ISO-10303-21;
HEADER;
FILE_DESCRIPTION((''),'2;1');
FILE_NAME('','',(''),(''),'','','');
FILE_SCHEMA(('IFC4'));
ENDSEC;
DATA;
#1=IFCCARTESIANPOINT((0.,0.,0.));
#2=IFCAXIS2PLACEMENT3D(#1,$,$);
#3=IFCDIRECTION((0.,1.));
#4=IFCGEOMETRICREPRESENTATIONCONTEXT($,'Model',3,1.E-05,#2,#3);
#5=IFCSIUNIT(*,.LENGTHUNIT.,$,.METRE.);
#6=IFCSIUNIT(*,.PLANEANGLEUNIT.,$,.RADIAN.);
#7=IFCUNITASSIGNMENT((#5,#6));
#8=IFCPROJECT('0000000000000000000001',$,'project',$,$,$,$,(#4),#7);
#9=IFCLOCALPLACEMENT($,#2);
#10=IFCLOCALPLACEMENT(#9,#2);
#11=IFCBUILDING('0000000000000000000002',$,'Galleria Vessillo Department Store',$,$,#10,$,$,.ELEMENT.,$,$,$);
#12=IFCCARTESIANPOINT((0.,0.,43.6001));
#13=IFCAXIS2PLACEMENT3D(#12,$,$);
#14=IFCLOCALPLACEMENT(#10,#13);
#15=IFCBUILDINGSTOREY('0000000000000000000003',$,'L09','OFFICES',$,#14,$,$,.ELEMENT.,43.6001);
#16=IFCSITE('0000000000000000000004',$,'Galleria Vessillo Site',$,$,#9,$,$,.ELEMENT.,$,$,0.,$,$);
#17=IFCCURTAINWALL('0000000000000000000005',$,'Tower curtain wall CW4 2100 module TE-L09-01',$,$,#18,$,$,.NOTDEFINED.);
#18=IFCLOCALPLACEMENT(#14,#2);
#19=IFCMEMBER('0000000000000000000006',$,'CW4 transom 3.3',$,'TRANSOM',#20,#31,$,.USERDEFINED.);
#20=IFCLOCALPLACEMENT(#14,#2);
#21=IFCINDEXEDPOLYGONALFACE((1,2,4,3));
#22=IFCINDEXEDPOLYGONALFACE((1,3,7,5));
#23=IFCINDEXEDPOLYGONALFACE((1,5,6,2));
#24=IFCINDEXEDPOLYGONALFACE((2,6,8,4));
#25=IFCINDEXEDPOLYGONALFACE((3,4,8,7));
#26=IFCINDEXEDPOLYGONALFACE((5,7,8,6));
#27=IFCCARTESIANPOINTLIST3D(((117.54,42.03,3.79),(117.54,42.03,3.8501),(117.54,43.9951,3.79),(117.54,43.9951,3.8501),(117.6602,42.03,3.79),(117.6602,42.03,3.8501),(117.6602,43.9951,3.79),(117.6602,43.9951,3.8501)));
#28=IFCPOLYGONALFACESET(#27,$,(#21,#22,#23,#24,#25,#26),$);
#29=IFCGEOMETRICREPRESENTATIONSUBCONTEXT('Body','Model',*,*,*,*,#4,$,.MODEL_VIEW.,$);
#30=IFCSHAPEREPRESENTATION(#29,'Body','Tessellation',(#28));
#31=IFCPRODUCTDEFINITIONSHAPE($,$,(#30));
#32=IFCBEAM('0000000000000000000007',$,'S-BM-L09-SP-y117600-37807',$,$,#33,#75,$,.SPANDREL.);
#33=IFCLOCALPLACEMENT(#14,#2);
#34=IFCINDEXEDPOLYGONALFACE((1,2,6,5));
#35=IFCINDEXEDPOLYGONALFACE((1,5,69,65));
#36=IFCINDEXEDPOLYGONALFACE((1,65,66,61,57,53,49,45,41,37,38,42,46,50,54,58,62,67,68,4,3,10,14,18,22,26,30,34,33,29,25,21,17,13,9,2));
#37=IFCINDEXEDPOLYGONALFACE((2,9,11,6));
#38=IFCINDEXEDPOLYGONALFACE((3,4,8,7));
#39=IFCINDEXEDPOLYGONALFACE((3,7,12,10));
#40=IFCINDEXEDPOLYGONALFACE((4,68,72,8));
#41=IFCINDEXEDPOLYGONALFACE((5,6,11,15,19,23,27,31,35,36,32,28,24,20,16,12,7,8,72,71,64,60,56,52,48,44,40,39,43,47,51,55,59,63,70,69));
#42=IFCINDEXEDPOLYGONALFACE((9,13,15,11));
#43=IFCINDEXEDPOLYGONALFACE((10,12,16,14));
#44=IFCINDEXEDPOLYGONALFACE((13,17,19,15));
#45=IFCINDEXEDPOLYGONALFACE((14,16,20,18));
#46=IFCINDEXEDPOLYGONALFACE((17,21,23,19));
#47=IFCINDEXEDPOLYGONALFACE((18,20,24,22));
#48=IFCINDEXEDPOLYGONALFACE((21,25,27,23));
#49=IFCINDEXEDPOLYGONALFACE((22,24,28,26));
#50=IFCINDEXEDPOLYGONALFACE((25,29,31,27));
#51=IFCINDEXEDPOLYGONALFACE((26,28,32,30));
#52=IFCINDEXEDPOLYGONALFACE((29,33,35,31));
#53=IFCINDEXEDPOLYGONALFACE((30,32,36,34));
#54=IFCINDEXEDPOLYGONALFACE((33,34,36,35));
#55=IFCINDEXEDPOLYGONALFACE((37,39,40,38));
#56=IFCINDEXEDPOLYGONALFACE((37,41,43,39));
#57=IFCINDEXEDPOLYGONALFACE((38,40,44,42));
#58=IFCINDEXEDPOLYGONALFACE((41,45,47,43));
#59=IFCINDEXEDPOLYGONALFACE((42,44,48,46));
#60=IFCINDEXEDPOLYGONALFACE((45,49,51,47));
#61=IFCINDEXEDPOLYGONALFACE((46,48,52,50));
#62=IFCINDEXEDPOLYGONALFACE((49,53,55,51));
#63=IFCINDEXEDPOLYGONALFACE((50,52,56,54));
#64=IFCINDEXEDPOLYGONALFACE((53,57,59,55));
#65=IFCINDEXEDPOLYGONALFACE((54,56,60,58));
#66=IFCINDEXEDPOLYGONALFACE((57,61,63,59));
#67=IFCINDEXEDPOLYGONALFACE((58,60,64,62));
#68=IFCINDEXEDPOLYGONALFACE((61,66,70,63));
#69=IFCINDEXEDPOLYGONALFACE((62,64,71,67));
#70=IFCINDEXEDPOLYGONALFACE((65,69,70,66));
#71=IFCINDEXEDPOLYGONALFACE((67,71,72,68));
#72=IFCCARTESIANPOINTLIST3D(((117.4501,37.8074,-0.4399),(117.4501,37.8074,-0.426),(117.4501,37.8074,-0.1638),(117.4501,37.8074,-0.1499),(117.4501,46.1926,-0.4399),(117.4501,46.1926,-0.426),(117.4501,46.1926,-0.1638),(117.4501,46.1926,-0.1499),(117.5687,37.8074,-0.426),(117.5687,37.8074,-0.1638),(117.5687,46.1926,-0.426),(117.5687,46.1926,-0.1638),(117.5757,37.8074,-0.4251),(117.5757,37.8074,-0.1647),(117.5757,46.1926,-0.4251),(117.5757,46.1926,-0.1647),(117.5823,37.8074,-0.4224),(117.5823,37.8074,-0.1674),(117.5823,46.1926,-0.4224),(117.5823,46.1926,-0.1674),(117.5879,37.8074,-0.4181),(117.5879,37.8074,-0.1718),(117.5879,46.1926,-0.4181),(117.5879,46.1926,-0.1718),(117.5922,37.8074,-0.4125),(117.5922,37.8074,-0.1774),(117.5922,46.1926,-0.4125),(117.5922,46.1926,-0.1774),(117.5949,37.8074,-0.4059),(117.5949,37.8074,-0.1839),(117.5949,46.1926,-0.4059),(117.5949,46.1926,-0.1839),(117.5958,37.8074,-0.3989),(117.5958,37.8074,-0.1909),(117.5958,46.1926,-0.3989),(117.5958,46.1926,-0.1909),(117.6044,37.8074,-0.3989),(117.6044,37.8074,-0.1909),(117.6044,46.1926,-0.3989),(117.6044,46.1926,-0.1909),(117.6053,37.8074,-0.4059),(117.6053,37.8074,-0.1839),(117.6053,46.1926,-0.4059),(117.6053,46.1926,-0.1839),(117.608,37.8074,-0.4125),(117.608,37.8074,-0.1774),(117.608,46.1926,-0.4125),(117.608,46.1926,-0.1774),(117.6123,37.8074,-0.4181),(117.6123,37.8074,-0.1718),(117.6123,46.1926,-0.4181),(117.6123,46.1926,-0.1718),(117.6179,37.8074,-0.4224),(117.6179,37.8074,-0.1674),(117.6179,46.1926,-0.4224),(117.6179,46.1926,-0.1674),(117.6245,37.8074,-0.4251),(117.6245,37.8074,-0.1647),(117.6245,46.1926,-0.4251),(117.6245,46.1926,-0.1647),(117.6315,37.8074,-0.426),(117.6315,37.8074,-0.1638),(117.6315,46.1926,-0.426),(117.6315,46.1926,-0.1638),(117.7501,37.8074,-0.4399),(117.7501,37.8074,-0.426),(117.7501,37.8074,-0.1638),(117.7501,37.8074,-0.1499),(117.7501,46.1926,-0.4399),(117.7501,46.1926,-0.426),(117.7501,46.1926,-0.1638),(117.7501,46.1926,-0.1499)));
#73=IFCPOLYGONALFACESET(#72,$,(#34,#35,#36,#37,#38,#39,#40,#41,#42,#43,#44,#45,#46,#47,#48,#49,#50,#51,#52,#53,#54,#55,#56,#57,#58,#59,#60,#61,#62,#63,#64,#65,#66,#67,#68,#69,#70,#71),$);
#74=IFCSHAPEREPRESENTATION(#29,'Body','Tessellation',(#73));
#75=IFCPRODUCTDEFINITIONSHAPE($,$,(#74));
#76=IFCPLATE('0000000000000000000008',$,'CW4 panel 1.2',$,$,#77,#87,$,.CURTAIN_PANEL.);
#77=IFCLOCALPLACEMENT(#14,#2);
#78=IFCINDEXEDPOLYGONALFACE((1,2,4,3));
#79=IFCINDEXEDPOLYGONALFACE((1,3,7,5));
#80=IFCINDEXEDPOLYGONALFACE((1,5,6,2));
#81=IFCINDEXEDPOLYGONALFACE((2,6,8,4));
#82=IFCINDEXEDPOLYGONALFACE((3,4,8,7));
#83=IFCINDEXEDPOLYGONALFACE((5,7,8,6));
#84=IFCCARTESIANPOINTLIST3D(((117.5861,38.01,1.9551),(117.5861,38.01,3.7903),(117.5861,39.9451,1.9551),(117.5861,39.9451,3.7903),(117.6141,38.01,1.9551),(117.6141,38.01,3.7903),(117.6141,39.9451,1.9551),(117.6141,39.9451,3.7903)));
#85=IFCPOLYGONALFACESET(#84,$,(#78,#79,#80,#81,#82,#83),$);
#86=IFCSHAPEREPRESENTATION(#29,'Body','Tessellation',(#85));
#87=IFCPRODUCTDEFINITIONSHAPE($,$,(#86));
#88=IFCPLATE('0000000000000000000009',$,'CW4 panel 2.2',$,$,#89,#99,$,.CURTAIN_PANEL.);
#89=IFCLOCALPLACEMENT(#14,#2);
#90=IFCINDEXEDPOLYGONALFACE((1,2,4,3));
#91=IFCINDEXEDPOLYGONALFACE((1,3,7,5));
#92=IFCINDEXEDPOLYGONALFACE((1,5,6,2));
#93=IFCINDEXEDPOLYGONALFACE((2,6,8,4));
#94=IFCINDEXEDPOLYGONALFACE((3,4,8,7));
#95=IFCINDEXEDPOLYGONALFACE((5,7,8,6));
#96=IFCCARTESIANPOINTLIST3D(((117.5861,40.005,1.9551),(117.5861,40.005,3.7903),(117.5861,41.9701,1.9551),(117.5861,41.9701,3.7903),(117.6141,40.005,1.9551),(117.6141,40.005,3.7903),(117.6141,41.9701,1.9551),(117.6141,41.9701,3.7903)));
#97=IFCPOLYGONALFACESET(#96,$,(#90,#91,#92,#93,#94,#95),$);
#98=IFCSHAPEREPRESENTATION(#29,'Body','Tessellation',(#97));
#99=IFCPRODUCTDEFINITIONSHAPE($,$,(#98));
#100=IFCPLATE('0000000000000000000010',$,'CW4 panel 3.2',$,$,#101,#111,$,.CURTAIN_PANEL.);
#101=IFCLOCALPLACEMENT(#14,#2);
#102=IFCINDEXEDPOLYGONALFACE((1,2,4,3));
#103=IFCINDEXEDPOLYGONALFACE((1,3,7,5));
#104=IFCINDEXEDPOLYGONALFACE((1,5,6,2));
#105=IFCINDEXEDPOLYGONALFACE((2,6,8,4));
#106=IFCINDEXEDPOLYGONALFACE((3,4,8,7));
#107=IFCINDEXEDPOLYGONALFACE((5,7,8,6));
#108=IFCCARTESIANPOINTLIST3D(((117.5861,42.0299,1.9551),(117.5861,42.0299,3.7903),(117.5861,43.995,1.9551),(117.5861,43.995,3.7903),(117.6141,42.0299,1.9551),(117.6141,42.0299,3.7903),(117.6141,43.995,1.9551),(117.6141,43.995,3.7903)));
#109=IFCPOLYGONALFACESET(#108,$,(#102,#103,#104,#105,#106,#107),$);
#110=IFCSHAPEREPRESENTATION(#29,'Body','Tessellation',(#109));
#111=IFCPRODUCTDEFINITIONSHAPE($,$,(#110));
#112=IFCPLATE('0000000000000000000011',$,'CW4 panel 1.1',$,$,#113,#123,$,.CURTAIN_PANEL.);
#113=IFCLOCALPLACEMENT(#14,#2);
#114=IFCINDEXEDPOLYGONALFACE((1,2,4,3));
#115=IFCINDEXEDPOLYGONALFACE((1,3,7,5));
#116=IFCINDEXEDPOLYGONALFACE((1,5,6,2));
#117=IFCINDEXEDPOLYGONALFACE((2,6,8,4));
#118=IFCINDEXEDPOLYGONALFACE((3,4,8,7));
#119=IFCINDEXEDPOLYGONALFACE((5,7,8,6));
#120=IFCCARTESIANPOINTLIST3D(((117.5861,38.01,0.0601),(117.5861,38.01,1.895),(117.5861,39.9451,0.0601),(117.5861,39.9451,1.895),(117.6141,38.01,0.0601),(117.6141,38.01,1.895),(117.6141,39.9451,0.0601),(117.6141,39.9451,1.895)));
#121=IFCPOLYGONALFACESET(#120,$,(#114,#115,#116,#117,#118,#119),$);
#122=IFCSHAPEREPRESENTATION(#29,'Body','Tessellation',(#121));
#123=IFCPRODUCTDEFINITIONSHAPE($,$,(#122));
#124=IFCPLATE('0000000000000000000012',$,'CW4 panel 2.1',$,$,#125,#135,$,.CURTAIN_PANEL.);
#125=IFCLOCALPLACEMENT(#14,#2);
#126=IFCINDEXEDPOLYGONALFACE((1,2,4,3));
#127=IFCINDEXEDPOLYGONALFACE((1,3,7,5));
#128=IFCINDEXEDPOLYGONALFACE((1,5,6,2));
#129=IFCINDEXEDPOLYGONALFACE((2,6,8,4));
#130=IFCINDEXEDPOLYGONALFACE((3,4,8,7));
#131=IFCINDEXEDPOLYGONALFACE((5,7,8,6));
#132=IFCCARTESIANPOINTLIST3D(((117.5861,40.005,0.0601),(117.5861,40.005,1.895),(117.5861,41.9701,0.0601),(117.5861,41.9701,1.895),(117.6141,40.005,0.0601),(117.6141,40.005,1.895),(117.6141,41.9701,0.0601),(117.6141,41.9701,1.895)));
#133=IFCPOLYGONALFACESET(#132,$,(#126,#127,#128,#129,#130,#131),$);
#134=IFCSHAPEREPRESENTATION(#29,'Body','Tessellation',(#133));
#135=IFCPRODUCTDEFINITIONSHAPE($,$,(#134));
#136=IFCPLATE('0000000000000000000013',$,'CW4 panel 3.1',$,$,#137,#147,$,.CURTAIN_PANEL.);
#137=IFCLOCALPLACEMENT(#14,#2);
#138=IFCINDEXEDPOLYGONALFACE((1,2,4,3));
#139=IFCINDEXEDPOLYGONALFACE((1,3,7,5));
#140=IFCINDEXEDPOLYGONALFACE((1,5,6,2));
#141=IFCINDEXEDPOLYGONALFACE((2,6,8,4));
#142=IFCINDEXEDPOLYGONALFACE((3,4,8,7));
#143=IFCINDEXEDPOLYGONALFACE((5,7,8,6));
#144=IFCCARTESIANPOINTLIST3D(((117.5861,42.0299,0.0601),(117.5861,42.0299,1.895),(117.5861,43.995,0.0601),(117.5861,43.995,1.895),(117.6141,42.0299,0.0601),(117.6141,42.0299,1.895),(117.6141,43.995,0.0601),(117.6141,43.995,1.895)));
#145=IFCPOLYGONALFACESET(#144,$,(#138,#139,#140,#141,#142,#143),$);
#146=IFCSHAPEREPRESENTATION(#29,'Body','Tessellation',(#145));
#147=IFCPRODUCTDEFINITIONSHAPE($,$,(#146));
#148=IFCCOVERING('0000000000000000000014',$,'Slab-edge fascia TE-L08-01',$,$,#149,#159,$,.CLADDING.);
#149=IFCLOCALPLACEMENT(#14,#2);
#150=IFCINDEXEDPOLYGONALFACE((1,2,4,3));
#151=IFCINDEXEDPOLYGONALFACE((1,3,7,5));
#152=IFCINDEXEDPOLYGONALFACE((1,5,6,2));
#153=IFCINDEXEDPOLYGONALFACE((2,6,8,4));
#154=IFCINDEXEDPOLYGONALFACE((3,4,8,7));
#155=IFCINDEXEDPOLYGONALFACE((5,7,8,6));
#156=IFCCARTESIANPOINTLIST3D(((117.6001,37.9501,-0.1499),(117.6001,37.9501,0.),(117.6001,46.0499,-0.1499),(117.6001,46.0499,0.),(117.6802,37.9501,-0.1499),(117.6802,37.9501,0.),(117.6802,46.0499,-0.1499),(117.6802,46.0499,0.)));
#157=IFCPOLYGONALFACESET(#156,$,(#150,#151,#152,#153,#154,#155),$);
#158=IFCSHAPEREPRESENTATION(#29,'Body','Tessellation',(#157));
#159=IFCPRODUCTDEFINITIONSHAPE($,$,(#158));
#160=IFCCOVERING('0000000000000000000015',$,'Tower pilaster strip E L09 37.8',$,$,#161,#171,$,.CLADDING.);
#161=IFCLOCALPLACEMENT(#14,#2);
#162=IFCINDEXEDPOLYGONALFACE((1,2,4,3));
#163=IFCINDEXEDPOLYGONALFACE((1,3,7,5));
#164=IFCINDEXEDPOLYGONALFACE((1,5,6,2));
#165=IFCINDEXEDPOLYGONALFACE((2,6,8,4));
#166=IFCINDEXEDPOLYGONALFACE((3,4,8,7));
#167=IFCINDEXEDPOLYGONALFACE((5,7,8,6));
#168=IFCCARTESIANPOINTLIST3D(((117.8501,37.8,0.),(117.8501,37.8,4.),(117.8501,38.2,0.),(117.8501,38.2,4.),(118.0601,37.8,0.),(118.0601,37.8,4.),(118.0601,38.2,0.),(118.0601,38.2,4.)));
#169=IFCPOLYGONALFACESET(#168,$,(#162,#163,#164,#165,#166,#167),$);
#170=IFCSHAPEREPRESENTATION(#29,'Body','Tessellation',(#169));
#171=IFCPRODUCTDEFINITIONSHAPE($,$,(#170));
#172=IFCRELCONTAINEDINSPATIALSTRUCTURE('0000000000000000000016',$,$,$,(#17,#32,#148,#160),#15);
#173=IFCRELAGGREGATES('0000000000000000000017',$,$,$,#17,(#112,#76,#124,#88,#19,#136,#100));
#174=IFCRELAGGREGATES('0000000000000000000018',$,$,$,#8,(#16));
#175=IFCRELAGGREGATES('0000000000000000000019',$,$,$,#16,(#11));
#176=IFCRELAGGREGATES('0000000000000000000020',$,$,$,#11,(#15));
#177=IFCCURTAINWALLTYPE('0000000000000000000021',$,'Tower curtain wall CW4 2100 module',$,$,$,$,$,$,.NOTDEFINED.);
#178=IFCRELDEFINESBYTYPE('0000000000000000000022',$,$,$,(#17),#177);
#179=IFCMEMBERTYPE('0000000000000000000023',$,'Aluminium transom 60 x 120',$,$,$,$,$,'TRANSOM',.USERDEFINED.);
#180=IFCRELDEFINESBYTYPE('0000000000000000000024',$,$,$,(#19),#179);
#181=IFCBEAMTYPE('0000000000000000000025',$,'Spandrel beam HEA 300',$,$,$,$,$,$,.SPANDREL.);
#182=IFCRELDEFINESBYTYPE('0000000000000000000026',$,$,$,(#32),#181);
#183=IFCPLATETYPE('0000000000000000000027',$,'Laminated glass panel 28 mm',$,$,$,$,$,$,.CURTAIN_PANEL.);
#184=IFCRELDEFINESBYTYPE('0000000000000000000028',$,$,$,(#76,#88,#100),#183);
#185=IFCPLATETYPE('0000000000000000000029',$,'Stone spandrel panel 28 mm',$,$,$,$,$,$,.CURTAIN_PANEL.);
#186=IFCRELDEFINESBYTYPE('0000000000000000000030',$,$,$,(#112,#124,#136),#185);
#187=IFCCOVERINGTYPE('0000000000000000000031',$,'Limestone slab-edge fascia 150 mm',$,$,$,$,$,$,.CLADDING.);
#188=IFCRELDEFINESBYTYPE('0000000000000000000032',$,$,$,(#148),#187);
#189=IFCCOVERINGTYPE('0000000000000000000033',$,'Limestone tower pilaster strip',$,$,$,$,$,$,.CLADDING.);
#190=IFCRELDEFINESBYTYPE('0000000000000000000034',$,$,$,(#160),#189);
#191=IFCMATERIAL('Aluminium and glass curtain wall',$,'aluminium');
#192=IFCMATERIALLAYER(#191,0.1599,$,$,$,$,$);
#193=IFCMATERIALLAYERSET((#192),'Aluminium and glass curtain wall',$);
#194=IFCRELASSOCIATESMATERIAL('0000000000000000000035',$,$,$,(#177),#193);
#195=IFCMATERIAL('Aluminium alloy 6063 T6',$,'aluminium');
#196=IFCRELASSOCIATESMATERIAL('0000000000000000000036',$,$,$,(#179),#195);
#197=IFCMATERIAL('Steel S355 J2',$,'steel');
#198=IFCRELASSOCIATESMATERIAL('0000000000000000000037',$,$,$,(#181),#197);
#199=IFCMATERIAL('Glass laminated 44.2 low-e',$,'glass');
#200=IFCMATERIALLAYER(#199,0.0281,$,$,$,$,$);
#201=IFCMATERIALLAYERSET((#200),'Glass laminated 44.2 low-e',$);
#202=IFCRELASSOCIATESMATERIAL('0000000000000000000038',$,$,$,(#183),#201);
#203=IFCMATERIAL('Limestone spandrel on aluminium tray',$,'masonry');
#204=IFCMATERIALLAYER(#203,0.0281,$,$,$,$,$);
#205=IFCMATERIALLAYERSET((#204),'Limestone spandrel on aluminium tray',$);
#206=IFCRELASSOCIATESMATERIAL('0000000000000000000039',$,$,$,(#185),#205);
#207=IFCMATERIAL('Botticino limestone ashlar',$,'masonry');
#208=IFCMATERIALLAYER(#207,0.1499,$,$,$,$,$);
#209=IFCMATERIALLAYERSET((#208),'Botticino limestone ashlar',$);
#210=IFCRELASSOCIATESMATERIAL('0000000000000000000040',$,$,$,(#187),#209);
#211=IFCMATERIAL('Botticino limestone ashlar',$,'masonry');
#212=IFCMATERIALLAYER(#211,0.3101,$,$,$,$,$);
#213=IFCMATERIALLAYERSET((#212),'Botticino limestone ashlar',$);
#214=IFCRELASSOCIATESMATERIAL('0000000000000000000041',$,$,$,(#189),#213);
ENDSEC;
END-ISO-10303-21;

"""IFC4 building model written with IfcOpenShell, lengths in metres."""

from ifc_helpers import new_model, si_unit, direction, frame, origin, origin_2d, place, context, subcontext, project, spatial, rectangle, i_section, extrude, material, layer, layer_set, material_profile, profile_set, type_object, element, aggregate, save


model = new_model("IFC4")

# Units and contexts
model_context = context("Model", 3, precision=1e-05, world=origin(), true_north=direction((0.0, 1.0)))
body_context = subcontext(model_context, "Body", "Model", "MODEL_VIEW")
ifc_project = project(units=[si_unit("LENGTHUNIT", "METRE"), si_unit("PLANEANGLEUNIT", "RADIAN")], contexts=[model_context])

# Site, building, storey
site_placement = place(None, origin())
site = spatial("IfcSite", under=ifc_project, at=site_placement, Name="Galleria Vessillo Site", CompositionType="ELEMENT", RefElevation=0.0)
building_placement = place(site_placement, origin())
building = spatial("IfcBuilding", under=site, at=building_placement, Name="Galleria Vessillo Department Store", CompositionType="ELEMENT")
storey_placement = place(building_placement, frame((0.0, 0.0, 43.6001)))
storey = spatial("IfcBuildingStorey", under=building, at=storey_placement, Name="L09", Description="OFFICES", CompositionType="ELEMENT", Elevation=43.6001)

# Curtain wall, member
ifc_material_1 = material(Name="Aluminium and glass curtain wall", Category="aluminium")
ifc_layer_1 = layer(ifc_material_1, 0.1599)
ifc_layer_set_1 = layer_set([ifc_layer_1], Name="Aluminium and glass curtain wall")
curtain_wall_type = type_object("IfcCurtainWallType", Name="Tower curtain wall CW4 2100 module", PredefinedType="NOTDEFINED", material=ifc_layer_set_1)
curtain_wall_placement = place(storey_placement, origin())
curtain_wall = element("IfcCurtainWall", 1, at=curtain_wall_placement, inside=storey, type_object=curtain_wall_type, Name="Tower curtain wall CW4 2100 module TE-L09-01", PredefinedType="NOTDEFINED")
ifc_material_2 = material(Name="Aluminium alloy 6063 T6", Category="aluminium")
ifc_material_profile_1 = material_profile(ifc_material_2, rectangle(XDim=0.1201, YDim=0.0601, at=origin_2d()), Name="AL 60x120")
ifc_profile_set_1 = profile_set([ifc_material_profile_1], Name="Aluminium alloy 6063 T6")
member_type_1 = type_object("IfcMemberType", Name="Aluminium transom 60 x 120", ElementType="TRANSOM", PredefinedType="USERDEFINED", material=ifc_profile_set_1)
member_1_placement = place(storey_placement, frame((117.6001, 42.03, 3.8201), z_axis=(0.0, 1.0, 0.0), x_axis=(-1.0, 0.0, 0.0)))
member_1 = element("IfcMember", 2, at=member_1_placement, type_object=member_type_1, Name="CW4 transom 3.3", ObjectType="TRANSOM", PredefinedType="USERDEFINED", context=body_context, shape_type="SweptSolid", body=[
    extrude(rectangle(XDim=0.1201, YDim=0.0601, at=origin_2d()), origin(), (0.0, 0.0, 1.0), 1.9651),
])

# Beam
ifc_material_3 = material(Name="Steel S355 J2", Category="steel")
ifc_material_profile_2 = material_profile(ifc_material_3, i_section(OverallWidth=0.3, OverallDepth=0.29, WebThickness=0.0085, FlangeThickness=0.0139, FilletRadius=0.0271, at=origin_2d()), Name="HEA 300")
ifc_profile_set_2 = profile_set([ifc_material_profile_2], Name="Steel S355 J2")
beam_type = type_object("IfcBeamType", Name="Spandrel beam HEA 300", PredefinedType="SPANDREL", material=ifc_profile_set_2)
beam_placement = place(storey_placement, frame((117.6001, 37.8074, -0.2949), z_axis=(0.0, 1.0, 0.0), x_axis=(-1.0, 0.0, 0.0)))
element("IfcBeam", 3, at=beam_placement, inside=storey, type_object=beam_type, Name="S-BM-L09-SP-y117600-37807", PredefinedType="SPANDREL", context=body_context, shape_type="SweptSolid", body=[
    extrude(i_section(OverallWidth=0.3, OverallDepth=0.29, WebThickness=0.0085, FlangeThickness=0.0139, FilletRadius=0.0271, at=origin_2d()), origin(), (0.0, 0.0, 1.0), 8.3853),
])

# Plates
ifc_material_4 = material(Name="Glass laminated 44.2 low-e", Category="glass")
ifc_layer_2 = layer(ifc_material_4, 0.0281)
ifc_layer_set_2 = layer_set([ifc_layer_2], Name="Glass laminated 44.2 low-e")
plate_type_1 = type_object("IfcPlateType", Name="Laminated glass panel 28 mm", PredefinedType="CURTAIN_PANEL", material=ifc_layer_set_2)
plate_1_placement = place(storey_placement, frame((117.6001, 38.9775, 1.9551), z_axis=(0.0, 0.0, 1.0), x_axis=(0.0, 1.0, 0.0)))
plate_1 = element("IfcPlate", 4, at=plate_1_placement, type_object=plate_type_1, Name="CW4 panel 1.2", PredefinedType="CURTAIN_PANEL", context=body_context, shape_type="SweptSolid", body=[
    extrude(rectangle(XDim=1.9351, YDim=0.0281, at=origin_2d()), origin(), (0.0, 0.0, 1.0), 1.8352),
])
plate_2_placement = place(storey_placement, frame((117.6001, 40.9875, 1.9551), z_axis=(0.0, 0.0, 1.0), x_axis=(0.0, 1.0, 0.0)))
plate_2 = element("IfcPlate", 5, at=plate_2_placement, type_object=plate_type_1, Name="CW4 panel 2.2", PredefinedType="CURTAIN_PANEL", context=body_context, shape_type="SweptSolid", body=[
    extrude(rectangle(XDim=1.9651, YDim=0.0281, at=origin_2d()), origin(), (0.0, 0.0, 1.0), 1.8352),
])
plate_3_placement = place(storey_placement, frame((117.6001, 43.0125, 1.9551), z_axis=(0.0, 0.0, 1.0), x_axis=(0.0, 1.0, 0.0)))
plate_3 = element("IfcPlate", 6, at=plate_3_placement, type_object=plate_type_1, Name="CW4 panel 3.2", PredefinedType="CURTAIN_PANEL", context=body_context, shape_type="SweptSolid", body=[
    extrude(rectangle(XDim=1.9651, YDim=0.0281, at=origin_2d()), origin(), (0.0, 0.0, 1.0), 1.8352),
])
ifc_material_5 = material(Name="Limestone spandrel on aluminium tray", Category="masonry")
ifc_layer_3 = layer(ifc_material_5, 0.0281)
ifc_layer_set_3 = layer_set([ifc_layer_3], Name="Limestone spandrel on aluminium tray")
plate_type_2 = type_object("IfcPlateType", Name="Stone spandrel panel 28 mm", PredefinedType="CURTAIN_PANEL", material=ifc_layer_set_3)
plate_4_placement = place(storey_placement, frame((117.6001, 38.9775, 0.0601), z_axis=(0.0, 0.0, 1.0), x_axis=(0.0, 1.0, 0.0)))
plate_4 = element("IfcPlate", 7, at=plate_4_placement, type_object=plate_type_2, Name="CW4 panel 1.1", PredefinedType="CURTAIN_PANEL", context=body_context, shape_type="SweptSolid", body=[
    extrude(rectangle(XDim=1.9351, YDim=0.0281, at=origin_2d()), origin(), (0.0, 0.0, 1.0), 1.835),
])
plate_5_placement = place(storey_placement, frame((117.6001, 40.9875, 0.0601), z_axis=(0.0, 0.0, 1.0), x_axis=(0.0, 1.0, 0.0)))
plate_5 = element("IfcPlate", 8, at=plate_5_placement, type_object=plate_type_2, Name="CW4 panel 2.1", PredefinedType="CURTAIN_PANEL", context=body_context, shape_type="SweptSolid", body=[
    extrude(rectangle(XDim=1.9651, YDim=0.0281, at=origin_2d()), origin(), (0.0, 0.0, 1.0), 1.835),
])
plate_6_placement = place(storey_placement, frame((117.6001, 43.0125, 0.0601), z_axis=(0.0, 0.0, 1.0), x_axis=(0.0, 1.0, 0.0)))
plate_6 = element("IfcPlate", 9, at=plate_6_placement, type_object=plate_type_2, Name="CW4 panel 3.1", PredefinedType="CURTAIN_PANEL", context=body_context, shape_type="SweptSolid", body=[
    extrude(rectangle(XDim=1.9651, YDim=0.0281, at=origin_2d()), origin(), (0.0, 0.0, 1.0), 1.835),
])
aggregate(curtain_wall, [plate_4, plate_1, plate_5, plate_2, member_1, plate_6, plate_3])

# Coverings
ifc_material_6 = material(Name="Botticino limestone ashlar", Category="masonry")
ifc_layer_4 = layer(ifc_material_6, 0.1499)
ifc_layer_set_4 = layer_set([ifc_layer_4], Name="Botticino limestone ashlar")
covering_type_1 = type_object("IfcCoveringType", Name="Limestone slab-edge fascia 150 mm", PredefinedType="CLADDING", material=ifc_layer_set_4)
covering_1_placement = place(storey_placement, frame((117.6401, 42.0, -0.1499), z_axis=(0.0, 0.0, 1.0), x_axis=(1.0, 0.0, 0.0)))
element("IfcCovering", 10, at=covering_1_placement, inside=storey, type_object=covering_type_1, Name="Slab-edge fascia TE-L08-01", PredefinedType="CLADDING", context=body_context, shape_type="SweptSolid", body=[
    extrude(rectangle(XDim=0.0801, YDim=8.0999, at=origin_2d()), origin(), (0.0, 0.0, 1.0), 0.1499),
])
ifc_material_7 = material(Name="Botticino limestone ashlar", Category="masonry")
ifc_layer_5 = layer(ifc_material_7, 0.3101)
ifc_layer_set_5 = layer_set([ifc_layer_5], Name="Botticino limestone ashlar")
covering_type_2 = type_object("IfcCoveringType", Name="Limestone tower pilaster strip", PredefinedType="CLADDING", material=ifc_layer_set_5)
covering_2_placement = place(storey_placement, frame((117.9551, 38.0, 0.0), z_axis=(0.0, 0.0, 1.0), x_axis=(1.0, 0.0, 0.0)))
element("IfcCovering", 11, at=covering_2_placement, inside=storey, type_object=covering_type_2, Name="Tower pilaster strip E L09 37.8", PredefinedType="CLADDING", context=body_context, shape_type="SweptSolid", body=[
    extrude(rectangle(XDim=0.21, YDim=0.3999, at=origin_2d()), origin(), (0.0, 0.0, 1.0), 4.0),
])

save(model, "model.ifc")
